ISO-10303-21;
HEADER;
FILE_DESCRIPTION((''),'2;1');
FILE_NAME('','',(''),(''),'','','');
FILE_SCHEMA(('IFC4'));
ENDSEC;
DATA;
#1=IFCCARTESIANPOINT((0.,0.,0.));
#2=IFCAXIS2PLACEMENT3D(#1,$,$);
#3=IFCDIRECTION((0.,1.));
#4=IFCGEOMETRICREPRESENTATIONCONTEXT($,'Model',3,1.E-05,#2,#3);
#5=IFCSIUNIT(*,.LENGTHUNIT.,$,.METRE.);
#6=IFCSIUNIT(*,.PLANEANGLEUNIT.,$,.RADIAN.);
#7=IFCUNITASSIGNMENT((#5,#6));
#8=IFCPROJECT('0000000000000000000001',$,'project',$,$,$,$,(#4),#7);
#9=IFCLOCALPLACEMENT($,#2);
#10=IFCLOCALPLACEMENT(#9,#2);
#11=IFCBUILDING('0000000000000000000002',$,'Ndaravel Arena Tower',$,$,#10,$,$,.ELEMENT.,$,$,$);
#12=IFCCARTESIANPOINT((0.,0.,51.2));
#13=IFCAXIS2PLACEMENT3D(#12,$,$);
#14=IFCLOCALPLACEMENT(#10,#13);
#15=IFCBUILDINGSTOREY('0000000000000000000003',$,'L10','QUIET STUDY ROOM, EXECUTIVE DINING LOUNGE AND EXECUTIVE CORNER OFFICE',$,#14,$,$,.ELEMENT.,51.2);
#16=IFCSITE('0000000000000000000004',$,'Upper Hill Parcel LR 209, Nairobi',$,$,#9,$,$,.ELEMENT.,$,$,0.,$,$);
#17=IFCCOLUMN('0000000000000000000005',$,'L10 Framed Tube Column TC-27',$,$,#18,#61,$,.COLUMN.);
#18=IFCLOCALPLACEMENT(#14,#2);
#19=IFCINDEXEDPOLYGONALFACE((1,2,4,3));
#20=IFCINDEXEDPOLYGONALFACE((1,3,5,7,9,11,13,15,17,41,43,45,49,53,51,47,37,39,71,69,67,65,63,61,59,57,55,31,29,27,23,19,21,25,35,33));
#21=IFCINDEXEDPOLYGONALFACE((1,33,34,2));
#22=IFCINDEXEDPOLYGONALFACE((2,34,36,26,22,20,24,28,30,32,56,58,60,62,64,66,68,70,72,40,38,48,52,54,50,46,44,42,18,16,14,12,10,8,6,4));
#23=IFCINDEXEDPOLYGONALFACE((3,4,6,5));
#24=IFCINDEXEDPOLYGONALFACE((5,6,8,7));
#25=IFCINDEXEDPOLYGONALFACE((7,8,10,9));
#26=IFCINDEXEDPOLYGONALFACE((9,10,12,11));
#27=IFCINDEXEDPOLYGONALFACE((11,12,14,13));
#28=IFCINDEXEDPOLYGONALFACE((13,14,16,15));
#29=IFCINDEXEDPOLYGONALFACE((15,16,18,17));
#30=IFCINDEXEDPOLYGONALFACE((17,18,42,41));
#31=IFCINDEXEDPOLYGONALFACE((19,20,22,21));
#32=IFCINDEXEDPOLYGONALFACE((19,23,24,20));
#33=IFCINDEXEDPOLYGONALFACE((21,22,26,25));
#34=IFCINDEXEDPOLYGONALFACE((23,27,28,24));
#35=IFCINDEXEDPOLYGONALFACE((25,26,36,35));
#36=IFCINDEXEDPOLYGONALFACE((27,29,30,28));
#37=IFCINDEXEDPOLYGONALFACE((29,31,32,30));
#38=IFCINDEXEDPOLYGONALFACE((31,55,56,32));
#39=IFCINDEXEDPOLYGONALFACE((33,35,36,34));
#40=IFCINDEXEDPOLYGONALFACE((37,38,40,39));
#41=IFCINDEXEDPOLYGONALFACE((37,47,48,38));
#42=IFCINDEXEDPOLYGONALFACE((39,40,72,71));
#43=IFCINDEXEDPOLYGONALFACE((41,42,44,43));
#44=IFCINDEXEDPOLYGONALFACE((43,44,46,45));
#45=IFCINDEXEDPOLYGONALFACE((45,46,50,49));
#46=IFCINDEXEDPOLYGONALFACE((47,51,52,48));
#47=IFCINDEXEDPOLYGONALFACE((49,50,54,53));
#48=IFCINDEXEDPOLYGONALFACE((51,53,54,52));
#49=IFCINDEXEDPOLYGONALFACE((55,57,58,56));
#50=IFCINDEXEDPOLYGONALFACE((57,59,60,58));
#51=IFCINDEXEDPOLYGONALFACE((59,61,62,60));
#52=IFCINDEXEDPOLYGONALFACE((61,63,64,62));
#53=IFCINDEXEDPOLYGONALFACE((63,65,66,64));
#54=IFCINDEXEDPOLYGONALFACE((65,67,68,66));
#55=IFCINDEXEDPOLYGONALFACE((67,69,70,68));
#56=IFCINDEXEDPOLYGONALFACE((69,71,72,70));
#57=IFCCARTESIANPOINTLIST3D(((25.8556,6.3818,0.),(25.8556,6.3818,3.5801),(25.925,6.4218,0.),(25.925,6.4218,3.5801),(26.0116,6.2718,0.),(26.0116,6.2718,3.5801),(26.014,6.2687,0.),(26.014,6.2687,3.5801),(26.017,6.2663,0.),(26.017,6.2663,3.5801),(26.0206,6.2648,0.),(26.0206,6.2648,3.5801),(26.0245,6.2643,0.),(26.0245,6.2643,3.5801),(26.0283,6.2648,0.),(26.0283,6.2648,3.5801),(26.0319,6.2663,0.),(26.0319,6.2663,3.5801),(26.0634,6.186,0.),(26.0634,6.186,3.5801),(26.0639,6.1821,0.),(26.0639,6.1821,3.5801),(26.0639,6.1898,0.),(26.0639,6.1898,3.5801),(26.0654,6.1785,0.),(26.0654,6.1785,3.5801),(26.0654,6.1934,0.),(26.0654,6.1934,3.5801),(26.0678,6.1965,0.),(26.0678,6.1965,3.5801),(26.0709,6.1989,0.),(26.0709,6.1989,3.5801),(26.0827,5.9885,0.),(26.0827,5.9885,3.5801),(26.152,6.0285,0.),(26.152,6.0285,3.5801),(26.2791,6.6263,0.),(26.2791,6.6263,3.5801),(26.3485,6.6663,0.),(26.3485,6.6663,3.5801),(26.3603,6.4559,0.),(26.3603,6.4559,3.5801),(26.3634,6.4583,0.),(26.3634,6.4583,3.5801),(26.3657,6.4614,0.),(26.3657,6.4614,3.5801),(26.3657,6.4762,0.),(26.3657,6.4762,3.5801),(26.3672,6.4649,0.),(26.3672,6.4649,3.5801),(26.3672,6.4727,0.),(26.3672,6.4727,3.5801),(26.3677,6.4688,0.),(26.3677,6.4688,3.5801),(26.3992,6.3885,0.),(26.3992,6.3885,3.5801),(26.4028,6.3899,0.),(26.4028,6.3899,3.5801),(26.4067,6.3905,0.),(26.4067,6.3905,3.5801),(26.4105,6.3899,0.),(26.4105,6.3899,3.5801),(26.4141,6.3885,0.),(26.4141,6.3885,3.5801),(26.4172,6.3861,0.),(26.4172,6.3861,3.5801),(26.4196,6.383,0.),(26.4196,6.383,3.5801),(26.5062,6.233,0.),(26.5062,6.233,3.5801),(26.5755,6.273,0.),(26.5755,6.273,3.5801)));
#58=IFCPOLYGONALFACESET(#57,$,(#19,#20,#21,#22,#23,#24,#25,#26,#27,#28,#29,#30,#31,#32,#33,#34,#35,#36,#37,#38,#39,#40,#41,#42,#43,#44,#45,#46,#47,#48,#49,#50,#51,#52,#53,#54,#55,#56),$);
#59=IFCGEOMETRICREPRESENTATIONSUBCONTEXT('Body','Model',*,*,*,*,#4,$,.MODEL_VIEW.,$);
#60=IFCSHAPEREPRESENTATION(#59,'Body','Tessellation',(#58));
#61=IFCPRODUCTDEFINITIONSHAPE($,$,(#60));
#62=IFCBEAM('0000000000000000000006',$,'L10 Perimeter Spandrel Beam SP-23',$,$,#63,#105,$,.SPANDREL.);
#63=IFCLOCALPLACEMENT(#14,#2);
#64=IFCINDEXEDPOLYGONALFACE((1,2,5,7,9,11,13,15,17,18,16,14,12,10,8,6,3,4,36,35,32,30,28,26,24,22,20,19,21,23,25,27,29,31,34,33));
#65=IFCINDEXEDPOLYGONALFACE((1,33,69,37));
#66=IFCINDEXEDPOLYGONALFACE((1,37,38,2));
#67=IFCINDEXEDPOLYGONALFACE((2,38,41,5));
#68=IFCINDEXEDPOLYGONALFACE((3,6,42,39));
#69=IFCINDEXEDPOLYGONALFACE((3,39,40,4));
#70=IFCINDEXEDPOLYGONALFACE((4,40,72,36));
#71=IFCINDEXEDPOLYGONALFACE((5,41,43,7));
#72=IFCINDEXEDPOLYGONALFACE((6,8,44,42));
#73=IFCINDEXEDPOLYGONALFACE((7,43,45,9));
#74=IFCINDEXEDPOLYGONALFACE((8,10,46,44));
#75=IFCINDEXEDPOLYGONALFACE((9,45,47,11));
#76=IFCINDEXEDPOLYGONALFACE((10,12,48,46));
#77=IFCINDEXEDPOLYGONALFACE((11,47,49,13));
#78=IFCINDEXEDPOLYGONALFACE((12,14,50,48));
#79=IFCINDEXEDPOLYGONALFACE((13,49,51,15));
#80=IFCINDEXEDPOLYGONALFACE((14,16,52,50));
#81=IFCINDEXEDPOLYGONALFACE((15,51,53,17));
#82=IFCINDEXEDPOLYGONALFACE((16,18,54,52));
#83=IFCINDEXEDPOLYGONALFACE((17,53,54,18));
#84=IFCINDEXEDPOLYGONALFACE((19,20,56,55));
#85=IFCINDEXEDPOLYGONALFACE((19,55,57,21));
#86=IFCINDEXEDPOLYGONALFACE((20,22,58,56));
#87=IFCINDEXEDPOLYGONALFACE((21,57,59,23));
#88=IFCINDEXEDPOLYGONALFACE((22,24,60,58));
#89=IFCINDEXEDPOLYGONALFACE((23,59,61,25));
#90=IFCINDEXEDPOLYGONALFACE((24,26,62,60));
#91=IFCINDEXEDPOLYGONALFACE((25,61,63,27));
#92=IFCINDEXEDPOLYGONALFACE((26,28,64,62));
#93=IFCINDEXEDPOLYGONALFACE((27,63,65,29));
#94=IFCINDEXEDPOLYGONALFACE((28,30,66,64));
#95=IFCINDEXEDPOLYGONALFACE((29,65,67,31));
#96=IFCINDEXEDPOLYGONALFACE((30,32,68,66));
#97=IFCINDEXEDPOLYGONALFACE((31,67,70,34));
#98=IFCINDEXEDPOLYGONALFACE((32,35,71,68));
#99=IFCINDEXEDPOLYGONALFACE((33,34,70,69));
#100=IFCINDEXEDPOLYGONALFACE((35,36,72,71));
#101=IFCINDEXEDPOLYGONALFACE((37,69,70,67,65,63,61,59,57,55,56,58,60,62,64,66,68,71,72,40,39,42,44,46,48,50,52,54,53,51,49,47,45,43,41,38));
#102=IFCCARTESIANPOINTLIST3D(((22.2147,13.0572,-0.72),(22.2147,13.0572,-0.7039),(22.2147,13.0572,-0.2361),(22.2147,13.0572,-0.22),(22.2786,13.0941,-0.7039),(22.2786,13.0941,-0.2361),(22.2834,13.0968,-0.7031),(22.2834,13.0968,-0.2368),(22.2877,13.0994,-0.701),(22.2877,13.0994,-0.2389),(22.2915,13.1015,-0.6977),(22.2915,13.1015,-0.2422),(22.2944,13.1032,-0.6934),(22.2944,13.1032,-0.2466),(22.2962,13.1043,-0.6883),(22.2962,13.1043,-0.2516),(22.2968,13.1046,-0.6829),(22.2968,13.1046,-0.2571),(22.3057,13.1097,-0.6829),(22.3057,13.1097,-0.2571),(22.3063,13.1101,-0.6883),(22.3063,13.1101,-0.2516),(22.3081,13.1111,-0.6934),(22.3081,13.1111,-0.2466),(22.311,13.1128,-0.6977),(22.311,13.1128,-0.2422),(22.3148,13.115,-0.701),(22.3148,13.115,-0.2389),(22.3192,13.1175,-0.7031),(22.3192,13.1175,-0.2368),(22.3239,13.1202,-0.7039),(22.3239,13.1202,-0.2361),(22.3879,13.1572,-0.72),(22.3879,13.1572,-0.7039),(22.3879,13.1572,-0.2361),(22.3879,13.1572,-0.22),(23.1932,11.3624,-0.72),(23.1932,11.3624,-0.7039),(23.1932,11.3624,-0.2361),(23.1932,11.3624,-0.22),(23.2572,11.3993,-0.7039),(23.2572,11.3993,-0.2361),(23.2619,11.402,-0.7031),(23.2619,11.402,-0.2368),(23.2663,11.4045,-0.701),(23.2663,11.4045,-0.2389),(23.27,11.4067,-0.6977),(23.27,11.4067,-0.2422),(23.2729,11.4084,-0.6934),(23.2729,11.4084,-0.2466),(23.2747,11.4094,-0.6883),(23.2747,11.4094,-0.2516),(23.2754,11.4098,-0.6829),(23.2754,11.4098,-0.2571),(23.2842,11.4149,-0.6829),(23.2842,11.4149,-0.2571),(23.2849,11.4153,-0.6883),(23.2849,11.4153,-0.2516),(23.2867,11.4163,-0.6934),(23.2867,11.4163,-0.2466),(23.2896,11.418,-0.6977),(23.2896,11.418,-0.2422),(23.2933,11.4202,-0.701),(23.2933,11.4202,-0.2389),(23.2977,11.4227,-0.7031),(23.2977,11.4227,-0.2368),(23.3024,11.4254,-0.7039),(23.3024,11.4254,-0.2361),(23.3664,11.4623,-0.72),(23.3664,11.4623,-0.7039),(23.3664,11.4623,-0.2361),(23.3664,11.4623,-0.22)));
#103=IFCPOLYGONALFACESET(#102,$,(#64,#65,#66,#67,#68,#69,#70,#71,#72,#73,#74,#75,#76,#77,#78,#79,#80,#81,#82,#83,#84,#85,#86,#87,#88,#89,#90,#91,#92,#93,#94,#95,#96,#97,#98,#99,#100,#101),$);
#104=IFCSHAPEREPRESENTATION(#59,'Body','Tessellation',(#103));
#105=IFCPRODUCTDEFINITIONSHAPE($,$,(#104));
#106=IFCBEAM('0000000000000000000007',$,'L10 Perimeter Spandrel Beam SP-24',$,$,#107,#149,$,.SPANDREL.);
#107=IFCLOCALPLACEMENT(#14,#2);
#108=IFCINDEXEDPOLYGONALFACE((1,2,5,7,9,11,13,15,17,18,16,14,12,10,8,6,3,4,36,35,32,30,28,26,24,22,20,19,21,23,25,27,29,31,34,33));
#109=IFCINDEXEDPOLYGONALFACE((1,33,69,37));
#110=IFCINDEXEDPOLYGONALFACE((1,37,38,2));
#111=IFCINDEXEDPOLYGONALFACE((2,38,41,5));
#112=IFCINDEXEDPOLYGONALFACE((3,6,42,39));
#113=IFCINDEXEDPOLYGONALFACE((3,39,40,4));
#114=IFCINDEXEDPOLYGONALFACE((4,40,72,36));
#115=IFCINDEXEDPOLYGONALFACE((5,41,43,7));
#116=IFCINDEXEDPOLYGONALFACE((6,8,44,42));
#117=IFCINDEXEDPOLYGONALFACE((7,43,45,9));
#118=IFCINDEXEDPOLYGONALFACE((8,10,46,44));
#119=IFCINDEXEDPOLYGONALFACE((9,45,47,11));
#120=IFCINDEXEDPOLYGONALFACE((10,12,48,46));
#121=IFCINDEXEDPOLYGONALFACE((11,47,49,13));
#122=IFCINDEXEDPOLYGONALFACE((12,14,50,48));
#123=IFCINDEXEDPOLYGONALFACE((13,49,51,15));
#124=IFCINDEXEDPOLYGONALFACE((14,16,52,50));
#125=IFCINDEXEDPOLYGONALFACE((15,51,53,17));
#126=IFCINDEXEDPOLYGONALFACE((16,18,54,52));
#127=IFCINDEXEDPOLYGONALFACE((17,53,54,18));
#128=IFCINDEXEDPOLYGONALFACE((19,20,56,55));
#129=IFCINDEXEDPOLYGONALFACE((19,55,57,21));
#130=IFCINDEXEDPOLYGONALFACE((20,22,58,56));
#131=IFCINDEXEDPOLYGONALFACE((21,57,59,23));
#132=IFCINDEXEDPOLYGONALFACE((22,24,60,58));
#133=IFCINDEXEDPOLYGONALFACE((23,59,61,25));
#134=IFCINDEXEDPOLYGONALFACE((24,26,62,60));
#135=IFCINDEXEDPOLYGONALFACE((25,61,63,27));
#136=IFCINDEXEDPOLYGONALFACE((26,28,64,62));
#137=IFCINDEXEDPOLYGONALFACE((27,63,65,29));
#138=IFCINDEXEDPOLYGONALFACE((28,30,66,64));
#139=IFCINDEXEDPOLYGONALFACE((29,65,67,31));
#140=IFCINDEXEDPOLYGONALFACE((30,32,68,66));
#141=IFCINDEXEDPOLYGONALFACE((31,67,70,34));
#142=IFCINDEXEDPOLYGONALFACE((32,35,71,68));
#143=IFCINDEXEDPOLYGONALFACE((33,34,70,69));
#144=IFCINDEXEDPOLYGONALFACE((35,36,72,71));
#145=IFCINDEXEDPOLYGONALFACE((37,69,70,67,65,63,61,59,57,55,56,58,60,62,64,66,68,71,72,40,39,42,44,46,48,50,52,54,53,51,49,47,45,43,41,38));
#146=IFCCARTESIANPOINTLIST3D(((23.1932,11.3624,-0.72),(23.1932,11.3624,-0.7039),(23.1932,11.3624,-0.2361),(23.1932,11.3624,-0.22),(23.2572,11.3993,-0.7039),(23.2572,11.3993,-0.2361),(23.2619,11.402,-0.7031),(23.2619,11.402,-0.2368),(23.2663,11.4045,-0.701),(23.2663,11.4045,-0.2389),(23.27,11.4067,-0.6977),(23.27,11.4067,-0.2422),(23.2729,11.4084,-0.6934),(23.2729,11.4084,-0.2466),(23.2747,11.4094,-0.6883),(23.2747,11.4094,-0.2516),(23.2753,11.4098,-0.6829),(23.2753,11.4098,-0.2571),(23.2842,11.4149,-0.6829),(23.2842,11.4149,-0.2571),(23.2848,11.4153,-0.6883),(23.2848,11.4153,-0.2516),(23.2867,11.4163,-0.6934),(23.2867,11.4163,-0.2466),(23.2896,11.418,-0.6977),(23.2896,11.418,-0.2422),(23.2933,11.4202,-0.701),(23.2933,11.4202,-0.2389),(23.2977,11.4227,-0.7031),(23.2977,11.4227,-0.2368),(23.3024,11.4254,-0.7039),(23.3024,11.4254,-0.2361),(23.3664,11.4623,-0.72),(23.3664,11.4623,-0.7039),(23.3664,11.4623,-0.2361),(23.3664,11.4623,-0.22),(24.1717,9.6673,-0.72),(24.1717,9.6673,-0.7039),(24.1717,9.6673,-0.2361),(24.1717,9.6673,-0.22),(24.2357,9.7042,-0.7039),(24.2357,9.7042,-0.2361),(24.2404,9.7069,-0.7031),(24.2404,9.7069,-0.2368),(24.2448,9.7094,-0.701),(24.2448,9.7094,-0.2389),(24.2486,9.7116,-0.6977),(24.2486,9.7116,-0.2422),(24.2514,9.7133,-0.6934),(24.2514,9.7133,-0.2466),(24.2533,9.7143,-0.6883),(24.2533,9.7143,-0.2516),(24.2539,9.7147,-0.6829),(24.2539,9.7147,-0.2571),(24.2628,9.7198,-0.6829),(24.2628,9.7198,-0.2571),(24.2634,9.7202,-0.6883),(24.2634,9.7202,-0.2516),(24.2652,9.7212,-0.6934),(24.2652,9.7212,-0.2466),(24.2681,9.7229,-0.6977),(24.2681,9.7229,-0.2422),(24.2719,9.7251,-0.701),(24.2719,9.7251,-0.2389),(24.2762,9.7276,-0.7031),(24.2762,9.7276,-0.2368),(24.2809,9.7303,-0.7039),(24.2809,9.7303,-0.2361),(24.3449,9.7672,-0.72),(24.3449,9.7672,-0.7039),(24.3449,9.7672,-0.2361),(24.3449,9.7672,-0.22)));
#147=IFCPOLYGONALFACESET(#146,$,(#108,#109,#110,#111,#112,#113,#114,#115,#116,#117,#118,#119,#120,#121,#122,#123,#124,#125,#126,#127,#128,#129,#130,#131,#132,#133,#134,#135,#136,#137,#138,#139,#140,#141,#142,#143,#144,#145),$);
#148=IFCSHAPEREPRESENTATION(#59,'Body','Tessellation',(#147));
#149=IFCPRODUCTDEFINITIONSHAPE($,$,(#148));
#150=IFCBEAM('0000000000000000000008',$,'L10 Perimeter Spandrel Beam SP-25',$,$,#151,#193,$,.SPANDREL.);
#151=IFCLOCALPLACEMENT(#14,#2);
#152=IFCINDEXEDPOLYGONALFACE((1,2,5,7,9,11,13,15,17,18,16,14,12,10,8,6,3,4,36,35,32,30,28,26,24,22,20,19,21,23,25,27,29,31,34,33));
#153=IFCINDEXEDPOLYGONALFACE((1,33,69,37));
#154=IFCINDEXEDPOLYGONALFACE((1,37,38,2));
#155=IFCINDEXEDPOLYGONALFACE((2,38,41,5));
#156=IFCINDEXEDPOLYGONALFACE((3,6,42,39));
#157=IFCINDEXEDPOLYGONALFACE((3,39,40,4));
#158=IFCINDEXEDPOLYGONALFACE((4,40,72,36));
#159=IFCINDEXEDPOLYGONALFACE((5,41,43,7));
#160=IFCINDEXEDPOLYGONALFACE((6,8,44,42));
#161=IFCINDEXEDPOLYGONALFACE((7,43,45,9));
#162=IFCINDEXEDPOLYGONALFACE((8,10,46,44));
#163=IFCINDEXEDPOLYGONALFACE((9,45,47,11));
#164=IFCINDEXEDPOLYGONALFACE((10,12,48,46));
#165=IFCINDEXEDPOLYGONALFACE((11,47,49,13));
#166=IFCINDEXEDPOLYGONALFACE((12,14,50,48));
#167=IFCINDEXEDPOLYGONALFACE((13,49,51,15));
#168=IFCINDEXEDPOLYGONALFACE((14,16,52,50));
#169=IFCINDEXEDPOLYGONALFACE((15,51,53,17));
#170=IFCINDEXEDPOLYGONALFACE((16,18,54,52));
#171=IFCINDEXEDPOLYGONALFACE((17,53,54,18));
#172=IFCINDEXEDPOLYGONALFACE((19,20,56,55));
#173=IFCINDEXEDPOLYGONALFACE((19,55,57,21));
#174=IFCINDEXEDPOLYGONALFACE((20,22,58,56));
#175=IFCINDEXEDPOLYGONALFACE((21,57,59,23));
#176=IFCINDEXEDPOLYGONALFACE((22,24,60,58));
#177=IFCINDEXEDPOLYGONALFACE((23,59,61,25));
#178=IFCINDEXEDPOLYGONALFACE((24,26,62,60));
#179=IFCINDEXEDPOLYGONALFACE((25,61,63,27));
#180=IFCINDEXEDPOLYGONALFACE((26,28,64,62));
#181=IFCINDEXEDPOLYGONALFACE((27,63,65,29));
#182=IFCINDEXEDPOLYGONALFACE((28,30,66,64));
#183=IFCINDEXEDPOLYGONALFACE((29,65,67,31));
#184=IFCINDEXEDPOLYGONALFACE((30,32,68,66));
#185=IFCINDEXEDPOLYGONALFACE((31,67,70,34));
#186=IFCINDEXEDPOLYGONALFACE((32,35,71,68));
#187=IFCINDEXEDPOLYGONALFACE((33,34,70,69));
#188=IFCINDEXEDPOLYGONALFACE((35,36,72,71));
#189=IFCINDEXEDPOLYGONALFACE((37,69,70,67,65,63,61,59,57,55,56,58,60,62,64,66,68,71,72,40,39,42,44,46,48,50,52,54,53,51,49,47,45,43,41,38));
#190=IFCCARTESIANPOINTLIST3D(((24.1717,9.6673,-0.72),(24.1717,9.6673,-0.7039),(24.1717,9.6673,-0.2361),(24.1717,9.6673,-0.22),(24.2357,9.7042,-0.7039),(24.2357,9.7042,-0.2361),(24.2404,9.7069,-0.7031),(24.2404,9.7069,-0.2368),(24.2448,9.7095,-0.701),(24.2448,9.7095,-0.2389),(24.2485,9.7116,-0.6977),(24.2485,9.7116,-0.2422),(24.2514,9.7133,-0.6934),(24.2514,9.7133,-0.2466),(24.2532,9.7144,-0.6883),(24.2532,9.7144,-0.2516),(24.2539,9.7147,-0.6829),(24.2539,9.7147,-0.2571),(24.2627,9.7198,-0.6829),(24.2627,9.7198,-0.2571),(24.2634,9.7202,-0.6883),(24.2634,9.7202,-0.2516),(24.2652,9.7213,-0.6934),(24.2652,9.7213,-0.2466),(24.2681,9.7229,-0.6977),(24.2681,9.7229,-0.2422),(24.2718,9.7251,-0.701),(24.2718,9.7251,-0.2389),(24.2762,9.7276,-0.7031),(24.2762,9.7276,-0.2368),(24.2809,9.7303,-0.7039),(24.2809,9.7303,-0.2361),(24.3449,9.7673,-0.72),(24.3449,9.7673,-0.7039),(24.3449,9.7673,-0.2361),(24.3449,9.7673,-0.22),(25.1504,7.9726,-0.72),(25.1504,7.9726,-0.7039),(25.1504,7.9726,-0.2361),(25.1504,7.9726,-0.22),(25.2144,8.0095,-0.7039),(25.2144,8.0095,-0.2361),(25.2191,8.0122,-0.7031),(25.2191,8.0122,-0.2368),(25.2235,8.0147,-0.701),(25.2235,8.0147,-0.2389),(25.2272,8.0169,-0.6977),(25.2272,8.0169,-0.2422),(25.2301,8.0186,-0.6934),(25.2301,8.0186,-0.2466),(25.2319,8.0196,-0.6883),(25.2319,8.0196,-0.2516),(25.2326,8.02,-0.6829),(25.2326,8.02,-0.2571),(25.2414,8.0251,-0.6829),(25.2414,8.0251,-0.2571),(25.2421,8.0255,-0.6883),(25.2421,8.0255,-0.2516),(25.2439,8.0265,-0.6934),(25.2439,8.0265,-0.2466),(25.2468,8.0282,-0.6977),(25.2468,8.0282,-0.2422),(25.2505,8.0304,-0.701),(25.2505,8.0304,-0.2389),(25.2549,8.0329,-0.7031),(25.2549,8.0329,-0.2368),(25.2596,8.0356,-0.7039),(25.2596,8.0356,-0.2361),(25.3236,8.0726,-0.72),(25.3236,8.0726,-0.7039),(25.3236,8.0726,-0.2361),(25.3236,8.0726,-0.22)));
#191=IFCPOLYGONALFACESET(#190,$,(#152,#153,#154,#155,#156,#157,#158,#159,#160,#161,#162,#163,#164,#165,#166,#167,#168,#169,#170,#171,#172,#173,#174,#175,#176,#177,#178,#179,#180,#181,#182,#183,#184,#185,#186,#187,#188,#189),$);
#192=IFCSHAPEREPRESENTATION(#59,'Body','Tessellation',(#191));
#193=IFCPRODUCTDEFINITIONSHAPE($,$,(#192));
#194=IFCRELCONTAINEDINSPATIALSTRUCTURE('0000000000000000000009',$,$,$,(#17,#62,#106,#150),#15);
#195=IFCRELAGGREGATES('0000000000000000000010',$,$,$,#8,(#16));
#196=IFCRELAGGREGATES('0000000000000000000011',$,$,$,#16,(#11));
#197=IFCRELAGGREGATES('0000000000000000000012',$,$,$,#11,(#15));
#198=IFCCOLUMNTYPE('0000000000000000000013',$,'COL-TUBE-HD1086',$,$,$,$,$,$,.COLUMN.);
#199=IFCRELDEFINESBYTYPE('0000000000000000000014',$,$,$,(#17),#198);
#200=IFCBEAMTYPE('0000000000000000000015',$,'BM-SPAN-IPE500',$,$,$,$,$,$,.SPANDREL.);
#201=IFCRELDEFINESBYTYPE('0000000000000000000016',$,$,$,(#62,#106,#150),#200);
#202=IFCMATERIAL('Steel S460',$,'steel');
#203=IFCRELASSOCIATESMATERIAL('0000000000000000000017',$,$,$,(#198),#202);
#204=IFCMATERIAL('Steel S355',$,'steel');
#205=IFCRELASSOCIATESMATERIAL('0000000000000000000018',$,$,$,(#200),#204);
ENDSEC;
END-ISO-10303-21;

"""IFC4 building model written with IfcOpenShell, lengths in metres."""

from ifc_helpers import new_model, si_unit, direction, frame, origin, origin_2d, place, context, subcontext, project, spatial, i_section, extrude, material, material_profile, profile_set, type_object, element, save


model = new_model("IFC4")

# Units and contexts
model_context = context("Model", 3, precision=1e-05, world=origin(), true_north=direction((0.0, 1.0)))
body_context = subcontext(model_context, "Body", "Model", "MODEL_VIEW")
ifc_project = project(units=[si_unit("LENGTHUNIT", "METRE"), si_unit("PLANEANGLEUNIT", "RADIAN")], contexts=[model_context])

# Site, building, storey
site_placement = place(None, origin())
site = spatial("IfcSite", under=ifc_project, at=site_placement, Name="Upper Hill Parcel LR 209, Nairobi", CompositionType="ELEMENT", RefElevation=0.0)
building_placement = place(site_placement, origin())
building = spatial("IfcBuilding", under=site, at=building_placement, Name="Ndaravel Arena Tower", CompositionType="ELEMENT")
storey_placement = place(building_placement, frame((0.0, 0.0, 51.2)))
storey = spatial("IfcBuildingStorey", under=building, at=storey_placement, Name="L10", Description="QUIET STUDY ROOM, EXECUTIVE DINING LOUNGE AND EXECUTIVE CORNER OFFICE", CompositionType="ELEMENT", Elevation=51.2)

# Column
ifc_material_1 = material(Name="Steel S460", Category="steel")
ifc_material_profile_1 = material_profile(ifc_material_1, i_section(OverallWidth=0.4541, OverallDepth=0.5691, WebThickness=0.0779, FlangeThickness=0.0801, FilletRadius=0.0149, at=origin_2d()), Name="HD 400x1086")
ifc_profile_set_1 = profile_set([ifc_material_profile_1], Name="Steel S460")
column_type = type_object("IfcColumnType", Name="COL-TUBE-HD1086", PredefinedType="COLUMN", material=ifc_profile_set_1)
for number, where, z_axis, x_axis, name in (
    (1, (26.2156, 6.3274, 0.0), (0.0, 0.0, 1.0), (-0.5, 0.866025, 0.0), "L10 Framed Tube Column TC-27"),
):
    element("IfcColumn", number, at=place(storey_placement, frame(where, z_axis=z_axis, x_axis=x_axis)), inside=storey, type_object=column_type, Name=name, PredefinedType="COLUMN", context=body_context, shape_type="SweptSolid", body=[
        extrude(i_section(OverallWidth=0.4541, OverallDepth=0.5691, WebThickness=0.0779, FlangeThickness=0.0801, FilletRadius=0.0149, at=origin_2d()), origin(), (0.0, 0.0, 1.0), 3.5801),
    ])

# Beams
ifc_material_2 = material(Name="Steel S355", Category="steel")
ifc_material_profile_2 = material_profile(ifc_material_2, i_section(OverallWidth=0.2, OverallDepth=0.5, WebThickness=0.0103, FlangeThickness=0.0161, FilletRadius=0.021, at=origin_2d()), Name="IPE 500")
ifc_profile_set_2 = profile_set([ifc_material_profile_2], Name="Steel S355")
beam_type = type_object("IfcBeamType", Name="BM-SPAN-IPE500", PredefinedType="SPANDREL", material=ifc_profile_set_2)
beam_1_placement = place(storey_placement, frame((22.3013, 13.1072, -0.47), z_axis=(0.500003, -0.866024, 0.0), x_axis=(0.866024, 0.500003, 0.0)))
element("IfcBeam", 2, at=beam_1_placement, inside=storey, type_object=beam_type, Name="L10 Perimeter Spandrel Beam SP-23", PredefinedType="SPANDREL", context=body_context, shape_type="SweptSolid", body=[
    extrude(i_section(OverallWidth=0.2, OverallDepth=0.5, WebThickness=0.0103, FlangeThickness=0.0161, FilletRadius=0.021, at=origin_2d()), origin(), (0.0, 0.0, 1.0), 1.957),
])
beam_2_placement = place(storey_placement, frame((23.2798, 11.4124, -0.47), z_axis=(0.499949, -0.866055, 0.0), x_axis=(0.866055, 0.499949, 0.0)))
element("IfcBeam", 3, at=beam_2_placement, inside=storey, type_object=beam_type, Name="L10 Perimeter Spandrel Beam SP-24", PredefinedType="SPANDREL", context=body_context, shape_type="SweptSolid", body=[
    extrude(i_section(OverallWidth=0.2, OverallDepth=0.5, WebThickness=0.0103, FlangeThickness=0.0161, FilletRadius=0.021, at=origin_2d()), origin(), (0.0, 0.0, 1.0), 1.9573),
])
beam_3_placement = place(storey_placement, frame((24.2583, 9.7173, -0.47), z_axis=(0.500097, -0.86597, 0.0), x_axis=(0.86597, 0.500097, 0.0)))
element("IfcBeam", 4, at=beam_3_placement, inside=storey, type_object=beam_type, Name="L10 Perimeter Spandrel Beam SP-25", PredefinedType="SPANDREL", context=body_context, shape_type="SweptSolid", body=[
    extrude(i_section(OverallWidth=0.2, OverallDepth=0.5, WebThickness=0.0103, FlangeThickness=0.0161, FilletRadius=0.021, at=origin_2d()), origin(), (0.0, 0.0, 1.0), 1.957),
])

save(model, "model.ifc")
